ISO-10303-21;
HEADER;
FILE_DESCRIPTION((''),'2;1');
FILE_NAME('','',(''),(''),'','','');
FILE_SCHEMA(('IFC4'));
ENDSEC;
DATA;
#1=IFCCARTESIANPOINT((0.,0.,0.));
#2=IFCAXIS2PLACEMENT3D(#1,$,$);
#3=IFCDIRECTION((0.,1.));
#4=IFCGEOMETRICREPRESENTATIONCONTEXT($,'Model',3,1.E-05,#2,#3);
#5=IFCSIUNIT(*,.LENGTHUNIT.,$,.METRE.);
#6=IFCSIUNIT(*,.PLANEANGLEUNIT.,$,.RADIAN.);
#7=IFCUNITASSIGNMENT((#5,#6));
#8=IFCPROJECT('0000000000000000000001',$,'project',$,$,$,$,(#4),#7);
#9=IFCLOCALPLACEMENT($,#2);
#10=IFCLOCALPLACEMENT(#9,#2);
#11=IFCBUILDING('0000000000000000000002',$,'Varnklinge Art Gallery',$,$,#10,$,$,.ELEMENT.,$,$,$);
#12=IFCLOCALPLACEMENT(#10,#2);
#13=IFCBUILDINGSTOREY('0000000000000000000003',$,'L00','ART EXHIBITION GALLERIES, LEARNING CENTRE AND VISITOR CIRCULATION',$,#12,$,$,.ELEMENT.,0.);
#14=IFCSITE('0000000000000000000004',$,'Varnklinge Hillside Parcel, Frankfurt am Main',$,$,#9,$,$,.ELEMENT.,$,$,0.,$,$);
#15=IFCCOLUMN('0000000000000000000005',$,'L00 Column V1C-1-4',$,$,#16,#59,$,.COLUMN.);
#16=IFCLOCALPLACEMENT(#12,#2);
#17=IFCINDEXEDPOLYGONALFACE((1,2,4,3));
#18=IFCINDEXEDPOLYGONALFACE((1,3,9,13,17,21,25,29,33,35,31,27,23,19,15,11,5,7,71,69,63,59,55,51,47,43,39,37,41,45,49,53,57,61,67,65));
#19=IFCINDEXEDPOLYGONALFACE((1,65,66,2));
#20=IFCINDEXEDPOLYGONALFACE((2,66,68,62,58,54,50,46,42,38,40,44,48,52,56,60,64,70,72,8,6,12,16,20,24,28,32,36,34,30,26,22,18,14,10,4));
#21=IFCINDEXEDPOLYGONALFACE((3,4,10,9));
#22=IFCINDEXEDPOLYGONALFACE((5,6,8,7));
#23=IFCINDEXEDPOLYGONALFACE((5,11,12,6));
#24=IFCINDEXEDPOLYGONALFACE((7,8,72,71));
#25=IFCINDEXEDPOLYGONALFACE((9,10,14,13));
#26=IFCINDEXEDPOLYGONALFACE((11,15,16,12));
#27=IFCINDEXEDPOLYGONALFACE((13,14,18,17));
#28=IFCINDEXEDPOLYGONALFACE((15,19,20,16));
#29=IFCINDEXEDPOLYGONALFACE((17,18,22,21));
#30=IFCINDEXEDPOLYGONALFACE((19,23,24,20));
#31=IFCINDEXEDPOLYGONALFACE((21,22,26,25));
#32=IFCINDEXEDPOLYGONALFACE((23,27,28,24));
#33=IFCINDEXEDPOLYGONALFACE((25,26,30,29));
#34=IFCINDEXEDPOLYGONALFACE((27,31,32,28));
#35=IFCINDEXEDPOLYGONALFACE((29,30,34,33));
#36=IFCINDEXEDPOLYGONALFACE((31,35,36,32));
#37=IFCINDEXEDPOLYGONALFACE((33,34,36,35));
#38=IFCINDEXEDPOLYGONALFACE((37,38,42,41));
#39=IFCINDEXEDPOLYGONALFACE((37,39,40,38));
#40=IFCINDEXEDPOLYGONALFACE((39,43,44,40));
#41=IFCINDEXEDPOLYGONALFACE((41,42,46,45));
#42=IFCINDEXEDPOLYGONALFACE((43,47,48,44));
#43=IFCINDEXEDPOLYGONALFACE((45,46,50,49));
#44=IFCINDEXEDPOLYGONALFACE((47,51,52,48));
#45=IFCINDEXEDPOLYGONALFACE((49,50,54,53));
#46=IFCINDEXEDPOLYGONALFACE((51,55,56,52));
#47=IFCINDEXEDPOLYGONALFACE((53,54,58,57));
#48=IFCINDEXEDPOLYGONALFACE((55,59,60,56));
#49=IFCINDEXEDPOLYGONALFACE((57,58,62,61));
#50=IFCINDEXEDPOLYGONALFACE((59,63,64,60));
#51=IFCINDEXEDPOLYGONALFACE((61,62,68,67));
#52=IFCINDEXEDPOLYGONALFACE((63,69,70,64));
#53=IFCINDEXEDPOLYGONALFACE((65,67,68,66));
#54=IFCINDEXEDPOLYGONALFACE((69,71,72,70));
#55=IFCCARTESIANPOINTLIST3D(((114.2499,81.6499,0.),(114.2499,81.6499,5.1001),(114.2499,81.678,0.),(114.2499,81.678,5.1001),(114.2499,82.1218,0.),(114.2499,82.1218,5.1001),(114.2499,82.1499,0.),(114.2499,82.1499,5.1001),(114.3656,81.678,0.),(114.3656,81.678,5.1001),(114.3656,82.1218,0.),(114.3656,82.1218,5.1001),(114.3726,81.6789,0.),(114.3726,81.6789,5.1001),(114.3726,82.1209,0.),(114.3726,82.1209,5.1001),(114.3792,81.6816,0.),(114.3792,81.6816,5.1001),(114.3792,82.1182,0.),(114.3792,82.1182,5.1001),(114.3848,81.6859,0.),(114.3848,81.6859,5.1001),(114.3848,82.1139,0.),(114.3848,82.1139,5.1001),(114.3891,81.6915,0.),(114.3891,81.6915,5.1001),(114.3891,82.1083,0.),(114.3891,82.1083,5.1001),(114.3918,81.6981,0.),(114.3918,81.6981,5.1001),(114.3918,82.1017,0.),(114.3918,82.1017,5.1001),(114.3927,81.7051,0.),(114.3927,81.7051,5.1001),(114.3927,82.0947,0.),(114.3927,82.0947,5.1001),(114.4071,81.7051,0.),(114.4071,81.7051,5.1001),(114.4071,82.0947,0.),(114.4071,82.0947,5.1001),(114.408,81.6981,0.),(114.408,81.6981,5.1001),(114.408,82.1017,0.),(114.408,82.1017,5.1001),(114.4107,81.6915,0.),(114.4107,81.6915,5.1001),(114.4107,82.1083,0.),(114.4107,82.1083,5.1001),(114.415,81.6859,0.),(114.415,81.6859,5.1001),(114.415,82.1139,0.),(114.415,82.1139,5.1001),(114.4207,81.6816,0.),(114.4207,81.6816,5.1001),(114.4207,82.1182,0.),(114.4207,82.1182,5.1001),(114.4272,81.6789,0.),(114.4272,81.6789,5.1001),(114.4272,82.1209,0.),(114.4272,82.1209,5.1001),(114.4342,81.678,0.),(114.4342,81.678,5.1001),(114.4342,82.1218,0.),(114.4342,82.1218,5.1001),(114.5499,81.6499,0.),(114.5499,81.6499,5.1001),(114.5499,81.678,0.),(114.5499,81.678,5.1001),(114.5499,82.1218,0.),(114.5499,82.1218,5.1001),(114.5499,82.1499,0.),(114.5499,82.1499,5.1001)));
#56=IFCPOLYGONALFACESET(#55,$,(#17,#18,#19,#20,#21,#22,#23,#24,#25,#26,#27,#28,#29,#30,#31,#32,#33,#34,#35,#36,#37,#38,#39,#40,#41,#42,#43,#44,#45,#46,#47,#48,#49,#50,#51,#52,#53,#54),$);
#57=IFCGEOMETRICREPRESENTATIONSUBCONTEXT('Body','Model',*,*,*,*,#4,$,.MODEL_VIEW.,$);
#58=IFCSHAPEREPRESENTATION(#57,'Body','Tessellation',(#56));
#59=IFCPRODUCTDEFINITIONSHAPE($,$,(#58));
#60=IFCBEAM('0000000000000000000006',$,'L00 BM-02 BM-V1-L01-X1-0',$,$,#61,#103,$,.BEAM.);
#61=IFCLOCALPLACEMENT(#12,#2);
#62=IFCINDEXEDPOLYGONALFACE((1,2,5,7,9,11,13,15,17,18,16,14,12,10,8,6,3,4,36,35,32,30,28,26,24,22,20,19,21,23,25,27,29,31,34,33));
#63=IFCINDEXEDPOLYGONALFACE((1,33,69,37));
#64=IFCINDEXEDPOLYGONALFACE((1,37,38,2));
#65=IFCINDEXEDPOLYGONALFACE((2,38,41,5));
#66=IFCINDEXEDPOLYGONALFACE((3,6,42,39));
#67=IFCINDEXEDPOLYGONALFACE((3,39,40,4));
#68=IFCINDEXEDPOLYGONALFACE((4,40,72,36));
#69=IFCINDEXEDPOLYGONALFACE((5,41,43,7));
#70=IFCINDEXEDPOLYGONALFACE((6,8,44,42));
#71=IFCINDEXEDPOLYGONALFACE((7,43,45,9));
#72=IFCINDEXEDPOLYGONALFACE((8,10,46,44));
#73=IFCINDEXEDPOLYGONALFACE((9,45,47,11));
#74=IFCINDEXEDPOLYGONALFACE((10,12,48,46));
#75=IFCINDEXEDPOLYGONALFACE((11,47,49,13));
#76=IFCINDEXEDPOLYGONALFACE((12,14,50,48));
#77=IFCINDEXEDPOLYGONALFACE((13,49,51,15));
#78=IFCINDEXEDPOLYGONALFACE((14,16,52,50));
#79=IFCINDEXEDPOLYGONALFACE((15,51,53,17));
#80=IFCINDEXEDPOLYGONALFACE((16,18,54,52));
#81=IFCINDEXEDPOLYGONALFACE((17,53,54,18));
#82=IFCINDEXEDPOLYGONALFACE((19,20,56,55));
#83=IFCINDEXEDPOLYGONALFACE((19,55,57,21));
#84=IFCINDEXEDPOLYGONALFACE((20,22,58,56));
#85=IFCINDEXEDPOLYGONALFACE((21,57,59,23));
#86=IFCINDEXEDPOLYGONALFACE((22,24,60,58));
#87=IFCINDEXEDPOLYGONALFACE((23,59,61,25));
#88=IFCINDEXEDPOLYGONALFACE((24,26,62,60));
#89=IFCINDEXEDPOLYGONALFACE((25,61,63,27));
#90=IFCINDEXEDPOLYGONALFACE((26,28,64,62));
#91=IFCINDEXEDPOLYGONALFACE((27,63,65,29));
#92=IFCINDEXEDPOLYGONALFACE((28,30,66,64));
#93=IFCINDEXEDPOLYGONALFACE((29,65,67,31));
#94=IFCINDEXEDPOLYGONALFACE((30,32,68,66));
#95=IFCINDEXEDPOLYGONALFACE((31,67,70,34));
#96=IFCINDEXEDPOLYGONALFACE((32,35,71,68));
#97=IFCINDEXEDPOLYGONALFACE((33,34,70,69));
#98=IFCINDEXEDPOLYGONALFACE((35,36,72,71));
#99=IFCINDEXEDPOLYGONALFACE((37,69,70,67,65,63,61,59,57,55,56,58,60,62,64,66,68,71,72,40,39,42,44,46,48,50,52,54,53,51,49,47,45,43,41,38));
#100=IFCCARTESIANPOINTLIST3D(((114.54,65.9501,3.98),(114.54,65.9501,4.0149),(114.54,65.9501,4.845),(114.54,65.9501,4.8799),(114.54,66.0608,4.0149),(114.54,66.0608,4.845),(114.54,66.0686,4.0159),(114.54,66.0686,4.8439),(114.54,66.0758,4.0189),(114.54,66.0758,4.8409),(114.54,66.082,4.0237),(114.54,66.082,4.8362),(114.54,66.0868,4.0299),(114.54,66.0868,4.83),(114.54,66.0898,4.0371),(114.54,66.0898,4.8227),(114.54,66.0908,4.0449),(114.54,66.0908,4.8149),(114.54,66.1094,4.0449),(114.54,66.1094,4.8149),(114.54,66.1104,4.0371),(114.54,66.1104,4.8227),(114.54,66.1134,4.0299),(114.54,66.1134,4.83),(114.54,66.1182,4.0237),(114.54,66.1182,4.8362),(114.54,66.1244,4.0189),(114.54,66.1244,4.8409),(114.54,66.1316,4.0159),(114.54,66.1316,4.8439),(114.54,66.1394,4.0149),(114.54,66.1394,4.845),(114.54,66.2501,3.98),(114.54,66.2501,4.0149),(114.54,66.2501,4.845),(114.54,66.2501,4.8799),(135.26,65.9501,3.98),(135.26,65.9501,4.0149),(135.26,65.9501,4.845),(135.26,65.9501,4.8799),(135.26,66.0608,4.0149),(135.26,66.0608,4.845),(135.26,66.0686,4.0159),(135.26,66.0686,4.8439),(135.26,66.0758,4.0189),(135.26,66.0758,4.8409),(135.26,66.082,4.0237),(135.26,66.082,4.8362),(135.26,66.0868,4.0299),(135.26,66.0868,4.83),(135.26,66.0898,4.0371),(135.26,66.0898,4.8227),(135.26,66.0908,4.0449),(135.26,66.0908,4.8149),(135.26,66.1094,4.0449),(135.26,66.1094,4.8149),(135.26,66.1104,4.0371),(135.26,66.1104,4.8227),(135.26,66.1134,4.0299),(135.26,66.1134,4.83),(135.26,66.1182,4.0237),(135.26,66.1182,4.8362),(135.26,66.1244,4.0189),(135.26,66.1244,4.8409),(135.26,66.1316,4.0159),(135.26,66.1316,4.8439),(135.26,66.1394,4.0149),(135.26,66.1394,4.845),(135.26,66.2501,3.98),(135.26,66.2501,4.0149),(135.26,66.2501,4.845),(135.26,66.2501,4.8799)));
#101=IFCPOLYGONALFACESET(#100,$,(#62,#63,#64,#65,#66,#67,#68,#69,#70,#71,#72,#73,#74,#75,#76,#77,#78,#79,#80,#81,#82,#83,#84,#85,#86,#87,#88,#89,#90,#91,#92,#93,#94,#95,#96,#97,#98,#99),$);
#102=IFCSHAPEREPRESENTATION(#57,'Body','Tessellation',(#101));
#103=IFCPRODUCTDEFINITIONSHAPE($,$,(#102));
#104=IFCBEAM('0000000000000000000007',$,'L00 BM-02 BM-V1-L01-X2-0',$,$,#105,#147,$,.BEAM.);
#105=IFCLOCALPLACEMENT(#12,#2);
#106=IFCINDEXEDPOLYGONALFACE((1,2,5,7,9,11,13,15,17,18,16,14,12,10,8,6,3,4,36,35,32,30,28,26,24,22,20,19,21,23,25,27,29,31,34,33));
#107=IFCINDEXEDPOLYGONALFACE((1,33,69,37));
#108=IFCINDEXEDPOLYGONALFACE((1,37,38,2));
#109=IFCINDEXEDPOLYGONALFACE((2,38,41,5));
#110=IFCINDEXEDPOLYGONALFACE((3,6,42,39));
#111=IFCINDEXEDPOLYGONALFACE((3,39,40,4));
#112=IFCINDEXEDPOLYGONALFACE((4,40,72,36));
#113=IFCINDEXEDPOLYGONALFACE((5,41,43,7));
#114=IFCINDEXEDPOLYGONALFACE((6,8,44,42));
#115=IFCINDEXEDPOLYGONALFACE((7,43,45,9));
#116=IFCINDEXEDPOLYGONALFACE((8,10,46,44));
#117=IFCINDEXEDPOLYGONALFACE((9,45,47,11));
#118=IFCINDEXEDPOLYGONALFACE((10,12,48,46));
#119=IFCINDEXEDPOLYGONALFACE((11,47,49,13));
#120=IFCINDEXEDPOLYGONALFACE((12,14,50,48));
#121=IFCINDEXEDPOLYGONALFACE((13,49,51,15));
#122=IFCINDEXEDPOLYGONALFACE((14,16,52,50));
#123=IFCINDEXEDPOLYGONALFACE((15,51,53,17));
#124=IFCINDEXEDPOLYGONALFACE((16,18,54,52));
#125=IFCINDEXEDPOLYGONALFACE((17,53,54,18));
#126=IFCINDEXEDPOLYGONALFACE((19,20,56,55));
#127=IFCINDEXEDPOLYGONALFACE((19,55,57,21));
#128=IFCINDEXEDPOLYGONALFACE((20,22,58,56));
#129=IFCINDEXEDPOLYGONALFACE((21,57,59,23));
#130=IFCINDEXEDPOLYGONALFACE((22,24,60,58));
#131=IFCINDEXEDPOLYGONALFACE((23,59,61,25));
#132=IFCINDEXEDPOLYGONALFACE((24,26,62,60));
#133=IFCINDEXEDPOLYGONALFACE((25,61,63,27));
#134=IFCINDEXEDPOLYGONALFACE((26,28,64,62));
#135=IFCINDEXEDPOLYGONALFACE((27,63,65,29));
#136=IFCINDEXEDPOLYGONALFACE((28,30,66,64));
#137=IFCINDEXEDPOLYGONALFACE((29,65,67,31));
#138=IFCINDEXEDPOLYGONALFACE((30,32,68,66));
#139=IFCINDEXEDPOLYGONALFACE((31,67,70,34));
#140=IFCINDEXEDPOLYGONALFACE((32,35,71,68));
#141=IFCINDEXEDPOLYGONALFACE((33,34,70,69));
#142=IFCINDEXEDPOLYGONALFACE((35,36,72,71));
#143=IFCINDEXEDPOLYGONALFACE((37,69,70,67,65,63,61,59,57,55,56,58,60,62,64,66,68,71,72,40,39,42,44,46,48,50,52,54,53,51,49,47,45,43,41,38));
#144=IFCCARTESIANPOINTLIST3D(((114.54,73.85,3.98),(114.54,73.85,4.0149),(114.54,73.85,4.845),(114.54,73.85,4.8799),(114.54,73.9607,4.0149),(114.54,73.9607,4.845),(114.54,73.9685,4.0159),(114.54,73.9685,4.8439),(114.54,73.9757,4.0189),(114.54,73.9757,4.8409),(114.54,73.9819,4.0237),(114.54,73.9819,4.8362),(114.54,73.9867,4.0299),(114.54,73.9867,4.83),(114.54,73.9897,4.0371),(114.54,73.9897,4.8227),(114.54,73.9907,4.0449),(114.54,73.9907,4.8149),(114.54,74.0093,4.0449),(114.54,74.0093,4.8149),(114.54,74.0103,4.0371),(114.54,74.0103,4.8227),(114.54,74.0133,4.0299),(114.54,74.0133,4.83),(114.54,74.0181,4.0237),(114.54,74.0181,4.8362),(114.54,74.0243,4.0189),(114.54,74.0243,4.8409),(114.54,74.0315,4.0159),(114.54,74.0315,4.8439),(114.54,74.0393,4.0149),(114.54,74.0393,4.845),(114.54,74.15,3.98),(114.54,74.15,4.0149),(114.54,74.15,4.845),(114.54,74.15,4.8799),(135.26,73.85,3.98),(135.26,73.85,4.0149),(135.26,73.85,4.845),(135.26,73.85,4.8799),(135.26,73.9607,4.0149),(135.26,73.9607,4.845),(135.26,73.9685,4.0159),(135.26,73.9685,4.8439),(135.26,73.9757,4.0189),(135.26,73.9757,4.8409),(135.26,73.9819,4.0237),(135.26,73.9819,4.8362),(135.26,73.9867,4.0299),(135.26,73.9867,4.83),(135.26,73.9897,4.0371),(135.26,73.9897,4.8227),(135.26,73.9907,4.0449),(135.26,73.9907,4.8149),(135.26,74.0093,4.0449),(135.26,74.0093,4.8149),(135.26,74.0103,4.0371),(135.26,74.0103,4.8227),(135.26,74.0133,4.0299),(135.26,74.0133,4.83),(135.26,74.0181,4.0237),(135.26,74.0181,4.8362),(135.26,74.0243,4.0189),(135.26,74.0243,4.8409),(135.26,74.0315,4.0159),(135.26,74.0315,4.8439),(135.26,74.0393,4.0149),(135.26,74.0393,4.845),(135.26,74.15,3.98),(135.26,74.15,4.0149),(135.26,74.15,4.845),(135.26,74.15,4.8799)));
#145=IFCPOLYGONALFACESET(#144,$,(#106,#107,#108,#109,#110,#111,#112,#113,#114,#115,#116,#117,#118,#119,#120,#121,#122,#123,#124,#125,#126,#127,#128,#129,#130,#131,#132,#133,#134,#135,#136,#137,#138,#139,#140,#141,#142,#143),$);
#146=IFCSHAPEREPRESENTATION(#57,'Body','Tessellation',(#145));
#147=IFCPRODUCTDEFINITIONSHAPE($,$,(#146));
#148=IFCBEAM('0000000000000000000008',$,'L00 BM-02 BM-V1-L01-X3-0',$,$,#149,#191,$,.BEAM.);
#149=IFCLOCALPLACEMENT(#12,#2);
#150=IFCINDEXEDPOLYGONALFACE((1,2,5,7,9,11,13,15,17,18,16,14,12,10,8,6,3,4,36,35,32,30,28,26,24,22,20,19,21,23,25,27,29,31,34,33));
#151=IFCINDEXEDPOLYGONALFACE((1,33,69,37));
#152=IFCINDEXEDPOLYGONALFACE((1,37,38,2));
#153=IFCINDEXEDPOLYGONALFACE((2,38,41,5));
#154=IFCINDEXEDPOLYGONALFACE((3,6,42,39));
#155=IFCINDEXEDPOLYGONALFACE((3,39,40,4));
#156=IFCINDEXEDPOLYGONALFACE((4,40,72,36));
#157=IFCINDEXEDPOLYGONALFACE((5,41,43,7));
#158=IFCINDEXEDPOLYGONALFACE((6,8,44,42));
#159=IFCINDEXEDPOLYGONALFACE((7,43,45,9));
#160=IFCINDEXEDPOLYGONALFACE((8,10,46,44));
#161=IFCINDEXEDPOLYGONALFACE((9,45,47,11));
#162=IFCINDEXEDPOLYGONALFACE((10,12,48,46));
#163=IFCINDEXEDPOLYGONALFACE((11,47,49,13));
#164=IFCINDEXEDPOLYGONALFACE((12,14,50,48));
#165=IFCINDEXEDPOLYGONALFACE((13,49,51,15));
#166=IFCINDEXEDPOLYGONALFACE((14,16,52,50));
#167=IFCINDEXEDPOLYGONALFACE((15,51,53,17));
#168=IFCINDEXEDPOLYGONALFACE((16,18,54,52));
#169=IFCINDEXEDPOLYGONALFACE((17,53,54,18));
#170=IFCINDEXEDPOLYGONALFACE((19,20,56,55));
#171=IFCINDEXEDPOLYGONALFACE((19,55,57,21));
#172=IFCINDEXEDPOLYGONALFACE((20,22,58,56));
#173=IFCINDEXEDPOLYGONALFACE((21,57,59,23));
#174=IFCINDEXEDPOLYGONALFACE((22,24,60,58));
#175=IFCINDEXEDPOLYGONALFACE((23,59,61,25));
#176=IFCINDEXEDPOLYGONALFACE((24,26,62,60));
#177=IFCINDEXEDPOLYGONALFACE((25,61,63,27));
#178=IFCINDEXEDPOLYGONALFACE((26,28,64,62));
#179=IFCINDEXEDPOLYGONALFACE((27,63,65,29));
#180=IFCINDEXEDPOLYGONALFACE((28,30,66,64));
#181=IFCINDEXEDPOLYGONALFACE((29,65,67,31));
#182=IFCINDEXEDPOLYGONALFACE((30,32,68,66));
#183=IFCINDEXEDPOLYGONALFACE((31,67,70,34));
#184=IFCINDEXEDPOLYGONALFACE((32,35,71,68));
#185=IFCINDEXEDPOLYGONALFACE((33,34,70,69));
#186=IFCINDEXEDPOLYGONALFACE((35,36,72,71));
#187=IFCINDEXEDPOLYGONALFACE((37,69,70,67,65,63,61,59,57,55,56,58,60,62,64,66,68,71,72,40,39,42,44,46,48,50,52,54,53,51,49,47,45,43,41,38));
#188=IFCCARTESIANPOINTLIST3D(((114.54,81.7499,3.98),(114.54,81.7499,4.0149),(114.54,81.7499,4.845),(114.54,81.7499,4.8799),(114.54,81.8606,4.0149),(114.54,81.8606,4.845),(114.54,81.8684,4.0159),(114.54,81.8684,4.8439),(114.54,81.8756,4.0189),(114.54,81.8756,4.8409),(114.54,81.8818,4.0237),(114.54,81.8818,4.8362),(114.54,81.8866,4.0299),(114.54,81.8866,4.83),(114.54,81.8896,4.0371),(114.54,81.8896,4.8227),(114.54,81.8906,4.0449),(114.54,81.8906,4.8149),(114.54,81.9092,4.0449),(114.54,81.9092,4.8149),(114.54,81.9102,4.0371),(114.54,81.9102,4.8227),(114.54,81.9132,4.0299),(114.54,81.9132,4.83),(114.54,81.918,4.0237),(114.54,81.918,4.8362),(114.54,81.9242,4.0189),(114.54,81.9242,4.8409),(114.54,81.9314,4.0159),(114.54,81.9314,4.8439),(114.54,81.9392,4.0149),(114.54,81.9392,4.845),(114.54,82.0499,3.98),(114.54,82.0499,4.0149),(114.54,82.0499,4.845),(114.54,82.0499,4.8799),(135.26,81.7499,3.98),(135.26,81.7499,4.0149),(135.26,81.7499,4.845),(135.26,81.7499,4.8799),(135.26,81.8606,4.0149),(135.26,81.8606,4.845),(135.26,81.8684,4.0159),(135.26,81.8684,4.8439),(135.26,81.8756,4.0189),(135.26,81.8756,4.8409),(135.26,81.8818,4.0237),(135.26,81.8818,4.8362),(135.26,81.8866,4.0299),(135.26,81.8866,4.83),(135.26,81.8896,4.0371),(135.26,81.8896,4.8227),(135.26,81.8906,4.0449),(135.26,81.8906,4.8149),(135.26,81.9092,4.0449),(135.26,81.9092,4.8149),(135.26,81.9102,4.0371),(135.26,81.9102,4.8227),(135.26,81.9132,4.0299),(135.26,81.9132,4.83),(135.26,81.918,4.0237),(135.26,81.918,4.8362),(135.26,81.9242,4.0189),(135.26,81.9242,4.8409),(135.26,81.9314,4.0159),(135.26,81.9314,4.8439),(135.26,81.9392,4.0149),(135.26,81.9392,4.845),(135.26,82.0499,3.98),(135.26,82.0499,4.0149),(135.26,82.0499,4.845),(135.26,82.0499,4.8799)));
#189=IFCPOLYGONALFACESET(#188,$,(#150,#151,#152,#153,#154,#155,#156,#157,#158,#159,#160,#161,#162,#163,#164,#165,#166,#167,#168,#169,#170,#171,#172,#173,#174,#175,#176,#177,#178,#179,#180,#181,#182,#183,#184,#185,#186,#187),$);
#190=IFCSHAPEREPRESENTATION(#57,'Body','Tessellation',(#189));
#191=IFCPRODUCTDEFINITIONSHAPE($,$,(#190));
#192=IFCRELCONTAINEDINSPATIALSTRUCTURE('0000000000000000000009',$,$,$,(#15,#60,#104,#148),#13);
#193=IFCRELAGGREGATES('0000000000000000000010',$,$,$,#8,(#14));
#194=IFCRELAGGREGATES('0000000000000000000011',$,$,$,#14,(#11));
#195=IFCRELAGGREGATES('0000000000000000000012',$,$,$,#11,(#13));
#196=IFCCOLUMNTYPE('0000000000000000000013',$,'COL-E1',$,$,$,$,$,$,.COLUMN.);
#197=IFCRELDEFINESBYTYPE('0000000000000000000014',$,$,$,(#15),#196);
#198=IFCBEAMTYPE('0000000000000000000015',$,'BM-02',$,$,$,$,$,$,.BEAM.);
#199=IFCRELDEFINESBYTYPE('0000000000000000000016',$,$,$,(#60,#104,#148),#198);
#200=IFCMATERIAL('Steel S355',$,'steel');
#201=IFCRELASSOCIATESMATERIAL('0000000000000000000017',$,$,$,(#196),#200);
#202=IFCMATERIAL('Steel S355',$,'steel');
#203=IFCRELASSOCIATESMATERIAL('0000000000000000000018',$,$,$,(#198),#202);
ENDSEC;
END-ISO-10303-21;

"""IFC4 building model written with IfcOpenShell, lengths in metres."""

from ifc_helpers import new_model, si_unit, direction, frame, origin, origin_2d, place, context, subcontext, project, spatial, i_section, extrude, material, material_profile, profile_set, type_object, element, save


model = new_model("IFC4")

# Units and contexts
model_context = context("Model", 3, precision=1e-05, world=origin(), true_north=direction((0.0, 1.0)))
body_context = subcontext(model_context, "Body", "Model", "MODEL_VIEW")
ifc_project = project(units=[si_unit("LENGTHUNIT", "METRE"), si_unit("PLANEANGLEUNIT", "RADIAN")], contexts=[model_context])

# Site, building, storey
site_placement = place(None, origin())
site = spatial("IfcSite", under=ifc_project, at=site_placement, Name="Varnklinge Hillside Parcel, Frankfurt am Main", CompositionType="ELEMENT", RefElevation=0.0)
building_placement = place(site_placement, origin())
building = spatial("IfcBuilding", under=site, at=building_placement, Name="Varnklinge Art Gallery", CompositionType="ELEMENT")
storey_placement = place(building_placement, origin())
storey = spatial("IfcBuildingStorey", under=building, at=storey_placement, Name="L00", Description="ART EXHIBITION GALLERIES, LEARNING CENTRE AND VISITOR CIRCULATION", CompositionType="ELEMENT", Elevation=0.0)

# Column
ifc_material_1 = material(Name="Steel S355", Category="steel")
ifc_material_profile_1 = material_profile(ifc_material_1, i_section(OverallWidth=0.3, OverallDepth=0.5, WebThickness=0.0144, FlangeThickness=0.0281, FilletRadius=0.0271, at=origin_2d()), Name="HEB 500")
ifc_profile_set_1 = profile_set([ifc_material_profile_1], Name="Steel S355")
column_type_1 = type_object("IfcColumnType", Name="COL-E1", PredefinedType="COLUMN", material=ifc_profile_set_1)
for number, where, z_axis, x_axis, name in (
    (1, (114.3999, 81.8999, 0.0), (0.0, 0.0, 1.0), (1.0, 0.0, 0.0), "L00 Column V1C-1-4"),
):
    element("IfcColumn", number, at=place(storey_placement, frame(where, z_axis=z_axis, x_axis=x_axis)), inside=storey, type_object=column_type_1, Name=name, PredefinedType="COLUMN", context=body_context, shape_type="SweptSolid", body=[
        extrude(i_section(OverallWidth=0.3, OverallDepth=0.5, WebThickness=0.0144, FlangeThickness=0.0281, FilletRadius=0.0271, at=origin_2d()), origin(), (0.0, 0.0, 1.0), 5.1001),
    ])

# Beams
ifc_material_2 = material(Name="Steel S355", Category="steel")
ifc_material_profile_2 = material_profile(ifc_material_2, i_section(OverallWidth=0.3, OverallDepth=0.8999, WebThickness=0.0186, FlangeThickness=0.0349, FilletRadius=0.03, at=origin_2d()), Name="HEB 900")
ifc_profile_set_2 = profile_set([ifc_material_profile_2], Name="Steel S355")
beam_type_1 = type_object("IfcBeamType", Name="BM-02", PredefinedType="BEAM", material=ifc_profile_set_2)
for number, where, z_axis, x_axis, name in (
    (2, (114.54, 66.1001, 4.4299), (1.0, 0.0, 0.0), (0.0, 1.0, 0.0), "L00 BM-02 BM-V1-L01-X1-0"),
    (3, (114.54, 74.0, 4.4299), (1.0, 0.0, 0.0), (0.0, 1.0, 0.0), "L00 BM-02 BM-V1-L01-X2-0"),
    (4, (114.54, 81.8999, 4.4299), (1.0, 0.0, 0.0), (0.0, 1.0, 0.0), "L00 BM-02 BM-V1-L01-X3-0"),
):
    element("IfcBeam", number, at=place(storey_placement, frame(where, z_axis=z_axis, x_axis=x_axis)), inside=storey, type_object=beam_type_1, Name=name, PredefinedType="BEAM", context=body_context, shape_type="SweptSolid", body=[
        extrude(i_section(OverallWidth=0.3, OverallDepth=0.8999, WebThickness=0.0186, FlangeThickness=0.0349, FilletRadius=0.03, at=origin_2d()), origin(), (0.0, 0.0, 1.0), 20.72),
    ])

save(model, "model.ifc")
